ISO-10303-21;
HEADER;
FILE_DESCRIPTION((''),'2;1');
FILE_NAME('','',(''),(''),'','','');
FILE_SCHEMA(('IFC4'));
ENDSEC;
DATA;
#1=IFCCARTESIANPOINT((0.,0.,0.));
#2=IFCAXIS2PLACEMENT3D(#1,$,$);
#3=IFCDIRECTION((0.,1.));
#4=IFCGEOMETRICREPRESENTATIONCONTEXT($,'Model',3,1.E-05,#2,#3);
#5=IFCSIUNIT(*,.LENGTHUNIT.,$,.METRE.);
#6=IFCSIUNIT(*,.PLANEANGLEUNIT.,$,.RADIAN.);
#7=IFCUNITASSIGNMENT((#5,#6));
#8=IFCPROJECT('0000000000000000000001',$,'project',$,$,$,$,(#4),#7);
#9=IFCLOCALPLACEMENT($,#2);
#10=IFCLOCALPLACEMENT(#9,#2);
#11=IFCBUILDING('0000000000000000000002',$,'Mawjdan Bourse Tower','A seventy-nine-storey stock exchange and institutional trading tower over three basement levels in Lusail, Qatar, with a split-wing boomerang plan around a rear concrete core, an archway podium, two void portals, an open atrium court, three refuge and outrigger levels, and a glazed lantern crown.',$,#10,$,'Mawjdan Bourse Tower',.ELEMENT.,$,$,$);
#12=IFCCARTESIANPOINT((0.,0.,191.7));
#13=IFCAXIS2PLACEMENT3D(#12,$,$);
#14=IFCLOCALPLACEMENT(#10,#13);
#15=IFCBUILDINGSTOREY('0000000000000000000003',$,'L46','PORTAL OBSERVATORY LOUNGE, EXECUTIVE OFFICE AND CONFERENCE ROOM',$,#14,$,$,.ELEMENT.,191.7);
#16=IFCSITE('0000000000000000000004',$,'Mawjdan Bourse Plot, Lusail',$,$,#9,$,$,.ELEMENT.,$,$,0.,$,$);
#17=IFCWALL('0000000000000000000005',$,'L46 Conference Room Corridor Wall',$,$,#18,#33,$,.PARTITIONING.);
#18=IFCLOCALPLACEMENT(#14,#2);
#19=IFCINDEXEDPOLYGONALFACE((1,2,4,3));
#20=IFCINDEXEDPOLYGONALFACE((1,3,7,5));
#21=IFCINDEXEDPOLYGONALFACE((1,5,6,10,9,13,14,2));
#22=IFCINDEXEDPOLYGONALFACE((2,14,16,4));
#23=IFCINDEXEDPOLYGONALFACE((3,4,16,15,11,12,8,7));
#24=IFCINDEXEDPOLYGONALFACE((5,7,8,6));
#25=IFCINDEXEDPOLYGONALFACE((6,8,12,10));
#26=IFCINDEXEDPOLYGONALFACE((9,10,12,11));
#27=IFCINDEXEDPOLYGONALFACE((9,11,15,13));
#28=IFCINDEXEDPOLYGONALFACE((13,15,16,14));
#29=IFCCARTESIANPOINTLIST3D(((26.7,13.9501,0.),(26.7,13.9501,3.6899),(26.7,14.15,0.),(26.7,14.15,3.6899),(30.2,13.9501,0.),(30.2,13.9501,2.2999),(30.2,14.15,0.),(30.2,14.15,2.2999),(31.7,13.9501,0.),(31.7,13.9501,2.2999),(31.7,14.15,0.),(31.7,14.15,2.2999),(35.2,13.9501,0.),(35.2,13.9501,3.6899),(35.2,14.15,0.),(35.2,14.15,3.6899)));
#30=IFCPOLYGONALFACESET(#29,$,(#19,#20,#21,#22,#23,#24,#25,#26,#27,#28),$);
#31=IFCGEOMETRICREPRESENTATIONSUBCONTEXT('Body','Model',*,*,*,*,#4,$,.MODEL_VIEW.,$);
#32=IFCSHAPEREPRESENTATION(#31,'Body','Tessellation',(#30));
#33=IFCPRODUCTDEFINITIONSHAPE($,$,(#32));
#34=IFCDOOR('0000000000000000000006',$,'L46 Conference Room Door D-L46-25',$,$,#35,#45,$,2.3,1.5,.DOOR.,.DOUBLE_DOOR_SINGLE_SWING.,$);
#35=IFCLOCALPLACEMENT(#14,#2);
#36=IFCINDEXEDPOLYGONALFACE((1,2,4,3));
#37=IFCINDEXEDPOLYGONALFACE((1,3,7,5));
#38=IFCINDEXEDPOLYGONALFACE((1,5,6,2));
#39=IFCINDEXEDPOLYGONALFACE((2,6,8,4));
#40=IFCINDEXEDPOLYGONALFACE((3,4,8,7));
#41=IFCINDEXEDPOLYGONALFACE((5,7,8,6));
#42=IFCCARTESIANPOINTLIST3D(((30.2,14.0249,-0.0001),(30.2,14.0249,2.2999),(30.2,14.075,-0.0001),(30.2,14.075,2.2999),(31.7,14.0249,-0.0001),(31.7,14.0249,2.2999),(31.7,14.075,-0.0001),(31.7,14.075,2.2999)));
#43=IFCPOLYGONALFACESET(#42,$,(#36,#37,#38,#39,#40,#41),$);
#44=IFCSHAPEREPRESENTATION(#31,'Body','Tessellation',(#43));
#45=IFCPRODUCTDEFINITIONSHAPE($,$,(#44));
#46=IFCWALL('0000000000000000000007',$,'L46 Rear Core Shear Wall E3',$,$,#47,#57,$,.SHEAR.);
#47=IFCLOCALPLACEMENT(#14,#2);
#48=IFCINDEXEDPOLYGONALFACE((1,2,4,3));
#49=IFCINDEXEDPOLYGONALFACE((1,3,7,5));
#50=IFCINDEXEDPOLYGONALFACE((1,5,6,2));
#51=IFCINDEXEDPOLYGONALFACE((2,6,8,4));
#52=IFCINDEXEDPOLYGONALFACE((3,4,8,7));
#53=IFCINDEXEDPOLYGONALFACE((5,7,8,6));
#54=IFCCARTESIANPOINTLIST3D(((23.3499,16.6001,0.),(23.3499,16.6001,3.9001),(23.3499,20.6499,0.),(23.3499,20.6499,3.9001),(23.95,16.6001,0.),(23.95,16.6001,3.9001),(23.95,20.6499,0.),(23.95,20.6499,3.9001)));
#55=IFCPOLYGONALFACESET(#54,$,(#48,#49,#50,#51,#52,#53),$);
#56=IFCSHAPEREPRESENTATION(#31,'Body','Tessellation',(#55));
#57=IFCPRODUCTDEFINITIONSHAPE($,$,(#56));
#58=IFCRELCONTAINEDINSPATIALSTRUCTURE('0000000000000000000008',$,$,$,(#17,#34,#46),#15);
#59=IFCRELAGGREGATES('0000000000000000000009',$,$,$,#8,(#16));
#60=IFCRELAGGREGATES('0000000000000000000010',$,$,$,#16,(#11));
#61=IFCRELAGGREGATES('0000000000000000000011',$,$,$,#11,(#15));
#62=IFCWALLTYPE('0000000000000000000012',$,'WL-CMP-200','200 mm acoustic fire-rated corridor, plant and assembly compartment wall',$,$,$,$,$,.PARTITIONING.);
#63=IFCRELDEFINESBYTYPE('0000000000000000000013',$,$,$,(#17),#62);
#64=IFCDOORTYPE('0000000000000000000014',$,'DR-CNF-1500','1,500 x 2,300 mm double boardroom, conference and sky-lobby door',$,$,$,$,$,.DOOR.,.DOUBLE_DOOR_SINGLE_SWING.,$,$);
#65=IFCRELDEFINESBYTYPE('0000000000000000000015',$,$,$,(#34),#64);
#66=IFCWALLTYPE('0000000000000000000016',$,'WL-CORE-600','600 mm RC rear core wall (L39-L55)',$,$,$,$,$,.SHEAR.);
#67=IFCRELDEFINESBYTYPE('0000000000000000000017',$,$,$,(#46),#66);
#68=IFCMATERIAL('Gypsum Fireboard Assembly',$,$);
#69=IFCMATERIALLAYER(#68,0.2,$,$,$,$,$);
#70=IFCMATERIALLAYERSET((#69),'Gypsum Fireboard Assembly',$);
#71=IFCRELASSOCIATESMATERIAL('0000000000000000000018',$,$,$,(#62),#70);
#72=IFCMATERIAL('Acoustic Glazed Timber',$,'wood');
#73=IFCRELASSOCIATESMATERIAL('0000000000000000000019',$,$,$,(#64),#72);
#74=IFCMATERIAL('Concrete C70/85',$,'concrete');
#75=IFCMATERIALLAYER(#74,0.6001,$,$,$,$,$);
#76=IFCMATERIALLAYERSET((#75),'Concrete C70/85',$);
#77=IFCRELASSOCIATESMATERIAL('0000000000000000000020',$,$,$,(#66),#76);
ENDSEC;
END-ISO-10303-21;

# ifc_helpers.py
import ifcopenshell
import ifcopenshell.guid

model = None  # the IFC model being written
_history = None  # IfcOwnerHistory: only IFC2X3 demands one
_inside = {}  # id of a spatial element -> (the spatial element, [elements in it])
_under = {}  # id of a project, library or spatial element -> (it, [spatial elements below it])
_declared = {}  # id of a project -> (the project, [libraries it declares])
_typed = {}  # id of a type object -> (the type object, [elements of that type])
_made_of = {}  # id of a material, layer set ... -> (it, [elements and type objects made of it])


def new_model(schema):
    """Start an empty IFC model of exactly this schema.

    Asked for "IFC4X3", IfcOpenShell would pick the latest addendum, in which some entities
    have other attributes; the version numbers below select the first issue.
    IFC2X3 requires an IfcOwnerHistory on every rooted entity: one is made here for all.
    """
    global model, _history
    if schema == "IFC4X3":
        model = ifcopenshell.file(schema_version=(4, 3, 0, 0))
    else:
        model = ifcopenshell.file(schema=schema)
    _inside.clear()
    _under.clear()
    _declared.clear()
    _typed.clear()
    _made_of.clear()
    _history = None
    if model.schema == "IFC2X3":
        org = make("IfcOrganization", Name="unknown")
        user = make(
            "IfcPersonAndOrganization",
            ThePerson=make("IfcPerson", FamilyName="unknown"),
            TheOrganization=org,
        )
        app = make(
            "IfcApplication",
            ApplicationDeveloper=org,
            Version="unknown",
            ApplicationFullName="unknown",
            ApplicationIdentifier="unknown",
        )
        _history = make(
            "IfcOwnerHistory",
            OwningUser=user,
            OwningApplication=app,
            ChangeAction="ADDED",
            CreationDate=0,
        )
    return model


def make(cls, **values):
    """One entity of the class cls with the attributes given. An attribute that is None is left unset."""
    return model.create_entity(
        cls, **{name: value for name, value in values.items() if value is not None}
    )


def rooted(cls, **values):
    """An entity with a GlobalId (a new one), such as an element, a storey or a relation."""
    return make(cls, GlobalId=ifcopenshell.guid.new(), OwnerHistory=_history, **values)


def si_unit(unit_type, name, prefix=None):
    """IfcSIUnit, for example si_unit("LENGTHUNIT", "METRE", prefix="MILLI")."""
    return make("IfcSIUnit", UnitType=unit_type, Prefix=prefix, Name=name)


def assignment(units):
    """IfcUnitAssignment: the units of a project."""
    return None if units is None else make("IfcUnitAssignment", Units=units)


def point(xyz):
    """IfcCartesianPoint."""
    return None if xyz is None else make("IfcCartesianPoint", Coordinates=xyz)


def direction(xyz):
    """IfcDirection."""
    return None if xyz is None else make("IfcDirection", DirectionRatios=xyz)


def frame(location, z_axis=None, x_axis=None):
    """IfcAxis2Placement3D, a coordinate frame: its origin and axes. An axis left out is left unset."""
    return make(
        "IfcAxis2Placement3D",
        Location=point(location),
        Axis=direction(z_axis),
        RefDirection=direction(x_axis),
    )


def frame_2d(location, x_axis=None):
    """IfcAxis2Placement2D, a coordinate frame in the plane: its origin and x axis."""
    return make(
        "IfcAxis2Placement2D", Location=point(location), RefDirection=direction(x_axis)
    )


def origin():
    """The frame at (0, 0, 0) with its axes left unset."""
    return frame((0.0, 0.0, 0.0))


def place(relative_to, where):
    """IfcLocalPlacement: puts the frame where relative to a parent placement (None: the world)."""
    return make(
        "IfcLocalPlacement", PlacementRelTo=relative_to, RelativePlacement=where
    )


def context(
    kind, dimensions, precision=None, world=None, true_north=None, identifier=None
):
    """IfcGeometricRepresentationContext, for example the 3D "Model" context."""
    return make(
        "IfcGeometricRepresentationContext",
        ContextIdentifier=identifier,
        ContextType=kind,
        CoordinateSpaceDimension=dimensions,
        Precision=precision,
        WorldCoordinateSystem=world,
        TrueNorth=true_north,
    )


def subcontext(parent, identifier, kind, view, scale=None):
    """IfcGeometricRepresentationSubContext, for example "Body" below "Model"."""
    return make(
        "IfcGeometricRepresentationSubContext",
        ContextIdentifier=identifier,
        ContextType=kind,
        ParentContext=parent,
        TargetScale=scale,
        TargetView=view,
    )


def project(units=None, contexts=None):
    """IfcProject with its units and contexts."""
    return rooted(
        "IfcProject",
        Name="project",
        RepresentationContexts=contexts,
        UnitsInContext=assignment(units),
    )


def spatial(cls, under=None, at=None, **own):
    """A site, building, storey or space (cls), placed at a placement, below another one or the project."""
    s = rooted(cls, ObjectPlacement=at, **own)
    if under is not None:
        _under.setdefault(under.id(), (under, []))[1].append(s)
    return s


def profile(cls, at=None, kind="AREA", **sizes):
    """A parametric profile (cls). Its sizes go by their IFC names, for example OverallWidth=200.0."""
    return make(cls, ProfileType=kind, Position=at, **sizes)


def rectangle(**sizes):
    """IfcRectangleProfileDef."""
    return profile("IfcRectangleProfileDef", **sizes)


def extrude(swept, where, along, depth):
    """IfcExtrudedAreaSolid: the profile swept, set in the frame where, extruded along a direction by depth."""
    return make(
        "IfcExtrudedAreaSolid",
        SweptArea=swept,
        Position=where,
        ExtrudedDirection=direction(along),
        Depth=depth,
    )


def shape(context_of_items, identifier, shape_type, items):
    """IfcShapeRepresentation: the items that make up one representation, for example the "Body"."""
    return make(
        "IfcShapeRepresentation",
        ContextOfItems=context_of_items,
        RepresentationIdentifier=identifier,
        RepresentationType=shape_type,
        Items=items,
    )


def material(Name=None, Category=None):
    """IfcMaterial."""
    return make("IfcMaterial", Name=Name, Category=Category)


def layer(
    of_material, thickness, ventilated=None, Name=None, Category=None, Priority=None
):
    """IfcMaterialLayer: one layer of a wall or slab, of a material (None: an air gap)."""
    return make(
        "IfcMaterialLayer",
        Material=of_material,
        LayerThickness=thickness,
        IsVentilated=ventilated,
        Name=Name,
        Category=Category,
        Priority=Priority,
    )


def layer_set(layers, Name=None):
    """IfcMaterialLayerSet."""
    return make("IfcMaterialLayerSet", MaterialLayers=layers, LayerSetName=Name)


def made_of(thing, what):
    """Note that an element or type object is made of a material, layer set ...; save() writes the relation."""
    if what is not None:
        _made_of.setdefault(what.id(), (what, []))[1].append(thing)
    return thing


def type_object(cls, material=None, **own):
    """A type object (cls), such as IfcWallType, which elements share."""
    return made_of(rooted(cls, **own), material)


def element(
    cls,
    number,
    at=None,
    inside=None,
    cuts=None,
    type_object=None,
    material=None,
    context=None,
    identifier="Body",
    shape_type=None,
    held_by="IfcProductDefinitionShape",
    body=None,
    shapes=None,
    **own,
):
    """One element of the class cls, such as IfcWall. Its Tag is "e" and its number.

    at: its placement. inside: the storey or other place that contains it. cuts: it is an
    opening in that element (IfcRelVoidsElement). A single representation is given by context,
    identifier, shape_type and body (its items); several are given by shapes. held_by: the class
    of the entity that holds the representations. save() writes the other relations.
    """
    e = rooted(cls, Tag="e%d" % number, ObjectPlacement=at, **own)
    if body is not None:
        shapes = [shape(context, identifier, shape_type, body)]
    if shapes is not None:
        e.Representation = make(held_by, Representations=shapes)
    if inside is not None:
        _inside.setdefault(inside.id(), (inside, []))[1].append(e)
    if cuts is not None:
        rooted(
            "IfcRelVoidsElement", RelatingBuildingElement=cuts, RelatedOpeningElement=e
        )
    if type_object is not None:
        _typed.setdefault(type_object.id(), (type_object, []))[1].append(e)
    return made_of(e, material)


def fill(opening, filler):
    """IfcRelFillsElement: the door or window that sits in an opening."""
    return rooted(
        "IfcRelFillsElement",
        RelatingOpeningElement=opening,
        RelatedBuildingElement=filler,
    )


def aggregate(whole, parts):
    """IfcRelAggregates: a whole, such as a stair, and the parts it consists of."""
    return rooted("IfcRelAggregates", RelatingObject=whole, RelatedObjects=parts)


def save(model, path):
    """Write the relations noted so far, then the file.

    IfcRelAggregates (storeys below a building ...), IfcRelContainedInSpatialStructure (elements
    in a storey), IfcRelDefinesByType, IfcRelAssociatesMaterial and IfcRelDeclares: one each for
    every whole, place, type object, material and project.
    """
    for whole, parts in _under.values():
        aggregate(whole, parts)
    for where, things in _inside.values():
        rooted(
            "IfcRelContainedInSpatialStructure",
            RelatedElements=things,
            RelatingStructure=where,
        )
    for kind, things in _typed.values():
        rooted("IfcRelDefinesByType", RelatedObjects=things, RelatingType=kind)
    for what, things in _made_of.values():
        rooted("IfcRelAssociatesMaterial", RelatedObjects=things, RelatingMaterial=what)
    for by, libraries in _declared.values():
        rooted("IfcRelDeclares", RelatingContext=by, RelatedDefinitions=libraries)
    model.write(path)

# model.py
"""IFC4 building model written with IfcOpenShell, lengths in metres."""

from ifc_helpers import new_model, si_unit, direction, frame, frame_2d, origin, place, context, subcontext, project, spatial, rectangle, extrude, material, layer, layer_set, type_object, element, fill, save


model = new_model("IFC4")

# Units and contexts
model_context = context("Model", 3, precision=1e-05, world=origin(), true_north=direction((0.0, 1.0)))
body_context = subcontext(model_context, "Body", "Model", "MODEL_VIEW")
ifc_project = project(units=[si_unit("LENGTHUNIT", "METRE"), si_unit("PLANEANGLEUNIT", "RADIAN")], contexts=[model_context])

# Site, building, storey
site_placement = place(None, origin())
site = spatial("IfcSite", under=ifc_project, at=site_placement, Name="Mawjdan Bourse Plot, Lusail", CompositionType="ELEMENT", RefElevation=0.0)
building_placement = place(site_placement, origin())
building = spatial("IfcBuilding", under=site, at=building_placement, Name="Mawjdan Bourse Tower", Description="A seventy-nine-storey stock exchange and institutional trading tower over three basement levels in Lusail, Qatar, with a split-wing boomerang plan around a rear concrete core, an archway podium, two void portals, an open atrium court, three refuge and outrigger levels, and a glazed lantern crown.", LongName="Mawjdan Bourse Tower", CompositionType="ELEMENT")
storey_placement = place(building_placement, frame((0.0, 0.0, 191.7)))
storey = spatial("IfcBuildingStorey", under=building, at=storey_placement, Name="L46", Description="PORTAL OBSERVATORY LOUNGE, EXECUTIVE OFFICE AND CONFERENCE ROOM", CompositionType="ELEMENT", Elevation=191.7)

# Shared definitions
ifc_material_1 = material(Name="Concrete C70/85", Category="concrete")

# Shared definitions
ifc_material_2 = material(Name="Gypsum Fireboard Assembly")
ifc_layer_1 = layer(ifc_material_2, 0.2)
ifc_layer_set_1 = layer_set([ifc_layer_1], Name="Gypsum Fireboard Assembly")
wall_type_1 = type_object("IfcWallType", Name="WL-CMP-200", Description="200 mm acoustic fire-rated corridor, plant and assembly compartment wall", PredefinedType="PARTITIONING", material=ifc_layer_set_1)

# Wall, opening, door
wall_1_placement = place(storey_placement, frame((26.7, 14.05, 0.0), z_axis=(0.0, 0.0, 1.0), x_axis=(1.0, 0.0, 0.0)))
wall_1 = element("IfcWall", 1, at=wall_1_placement, inside=storey, type_object=wall_type_1, Name="L46 Conference Room Corridor Wall", PredefinedType="PARTITIONING", context=body_context, shape_type="SweptSolid", body=[
    extrude(rectangle(XDim=8.5, YDim=0.2, at=frame_2d((4.25, 0.0))), origin(), (0.0, 0.0, 1.0), 3.6899),
])
opening_1_placement = place(wall_1_placement, frame((3.5, 0.0, 0.0)))
opening_1 = element("IfcOpeningElement", 2, at=opening_1_placement, cuts=wall_1, PredefinedType="OPENING", context=body_context, shape_type="SweptSolid", body=[
    extrude(rectangle(XDim=1.5, YDim=2.3, at=frame_2d((0.75, 1.1499))), frame((0.0, 0.1099, 0.0), z_axis=(0.0, -1.0, 0.0), x_axis=(1.0, 0.0, 0.0)), (0.0, 0.0, 1.0), 0.22),
])
ifc_material_3 = material(Name="Acoustic Glazed Timber", Category="wood")
door_type_1 = type_object("IfcDoorType", Name="DR-CNF-1500", Description="1,500 x 2,300 mm double boardroom, conference and sky-lobby door", OperationType="DOUBLE_DOOR_SINGLE_SWING", PredefinedType="DOOR", material=ifc_material_3)
door_1_placement = place(opening_1_placement, origin())
door_1 = element("IfcDoor", 3, at=door_1_placement, inside=storey, type_object=door_type_1, Name="L46 Conference Room Door D-L46-25", OperationType="DOUBLE_DOOR_SINGLE_SWING", OverallHeight=2.3, OverallWidth=1.5, PredefinedType="DOOR", context=body_context, shape_type="SweptSolid", body=[
    extrude(rectangle(XDim=1.5, YDim=2.3, at=frame_2d((0.75, 1.1499))), frame((0.0, 0.0249, 0.0), z_axis=(0.0, -1.0, 0.0), x_axis=(1.0, 0.0, 0.0)), (0.0, 0.0, 1.0), 0.05),
])
fill(opening_1, door_1)

# Wall
ifc_layer_2 = layer(ifc_material_1, 0.6001)
ifc_layer_set_2 = layer_set([ifc_layer_2], Name="Concrete C70/85")
wall_type_2 = type_object("IfcWallType", Name="WL-CORE-600", Description="600 mm RC rear core wall (L39-L55)", PredefinedType="SHEAR", material=ifc_layer_set_2)
wall_2_placement = place(storey_placement, frame((23.6499, 16.6001, 0.0), z_axis=(0.0, 0.0, 1.0), x_axis=(0.0, 1.0, 0.0)))
element("IfcWall", 4, at=wall_2_placement, inside=storey, type_object=wall_type_2, Name="L46 Rear Core Shear Wall E3", PredefinedType="SHEAR", context=body_context, shape_type="SweptSolid", body=[
    extrude(rectangle(XDim=4.0498, YDim=0.6001, at=frame_2d((2.0249, 0.0))), origin(), (0.0, 0.0, 1.0), 3.9001),
])

save(model, "model.ifc")
